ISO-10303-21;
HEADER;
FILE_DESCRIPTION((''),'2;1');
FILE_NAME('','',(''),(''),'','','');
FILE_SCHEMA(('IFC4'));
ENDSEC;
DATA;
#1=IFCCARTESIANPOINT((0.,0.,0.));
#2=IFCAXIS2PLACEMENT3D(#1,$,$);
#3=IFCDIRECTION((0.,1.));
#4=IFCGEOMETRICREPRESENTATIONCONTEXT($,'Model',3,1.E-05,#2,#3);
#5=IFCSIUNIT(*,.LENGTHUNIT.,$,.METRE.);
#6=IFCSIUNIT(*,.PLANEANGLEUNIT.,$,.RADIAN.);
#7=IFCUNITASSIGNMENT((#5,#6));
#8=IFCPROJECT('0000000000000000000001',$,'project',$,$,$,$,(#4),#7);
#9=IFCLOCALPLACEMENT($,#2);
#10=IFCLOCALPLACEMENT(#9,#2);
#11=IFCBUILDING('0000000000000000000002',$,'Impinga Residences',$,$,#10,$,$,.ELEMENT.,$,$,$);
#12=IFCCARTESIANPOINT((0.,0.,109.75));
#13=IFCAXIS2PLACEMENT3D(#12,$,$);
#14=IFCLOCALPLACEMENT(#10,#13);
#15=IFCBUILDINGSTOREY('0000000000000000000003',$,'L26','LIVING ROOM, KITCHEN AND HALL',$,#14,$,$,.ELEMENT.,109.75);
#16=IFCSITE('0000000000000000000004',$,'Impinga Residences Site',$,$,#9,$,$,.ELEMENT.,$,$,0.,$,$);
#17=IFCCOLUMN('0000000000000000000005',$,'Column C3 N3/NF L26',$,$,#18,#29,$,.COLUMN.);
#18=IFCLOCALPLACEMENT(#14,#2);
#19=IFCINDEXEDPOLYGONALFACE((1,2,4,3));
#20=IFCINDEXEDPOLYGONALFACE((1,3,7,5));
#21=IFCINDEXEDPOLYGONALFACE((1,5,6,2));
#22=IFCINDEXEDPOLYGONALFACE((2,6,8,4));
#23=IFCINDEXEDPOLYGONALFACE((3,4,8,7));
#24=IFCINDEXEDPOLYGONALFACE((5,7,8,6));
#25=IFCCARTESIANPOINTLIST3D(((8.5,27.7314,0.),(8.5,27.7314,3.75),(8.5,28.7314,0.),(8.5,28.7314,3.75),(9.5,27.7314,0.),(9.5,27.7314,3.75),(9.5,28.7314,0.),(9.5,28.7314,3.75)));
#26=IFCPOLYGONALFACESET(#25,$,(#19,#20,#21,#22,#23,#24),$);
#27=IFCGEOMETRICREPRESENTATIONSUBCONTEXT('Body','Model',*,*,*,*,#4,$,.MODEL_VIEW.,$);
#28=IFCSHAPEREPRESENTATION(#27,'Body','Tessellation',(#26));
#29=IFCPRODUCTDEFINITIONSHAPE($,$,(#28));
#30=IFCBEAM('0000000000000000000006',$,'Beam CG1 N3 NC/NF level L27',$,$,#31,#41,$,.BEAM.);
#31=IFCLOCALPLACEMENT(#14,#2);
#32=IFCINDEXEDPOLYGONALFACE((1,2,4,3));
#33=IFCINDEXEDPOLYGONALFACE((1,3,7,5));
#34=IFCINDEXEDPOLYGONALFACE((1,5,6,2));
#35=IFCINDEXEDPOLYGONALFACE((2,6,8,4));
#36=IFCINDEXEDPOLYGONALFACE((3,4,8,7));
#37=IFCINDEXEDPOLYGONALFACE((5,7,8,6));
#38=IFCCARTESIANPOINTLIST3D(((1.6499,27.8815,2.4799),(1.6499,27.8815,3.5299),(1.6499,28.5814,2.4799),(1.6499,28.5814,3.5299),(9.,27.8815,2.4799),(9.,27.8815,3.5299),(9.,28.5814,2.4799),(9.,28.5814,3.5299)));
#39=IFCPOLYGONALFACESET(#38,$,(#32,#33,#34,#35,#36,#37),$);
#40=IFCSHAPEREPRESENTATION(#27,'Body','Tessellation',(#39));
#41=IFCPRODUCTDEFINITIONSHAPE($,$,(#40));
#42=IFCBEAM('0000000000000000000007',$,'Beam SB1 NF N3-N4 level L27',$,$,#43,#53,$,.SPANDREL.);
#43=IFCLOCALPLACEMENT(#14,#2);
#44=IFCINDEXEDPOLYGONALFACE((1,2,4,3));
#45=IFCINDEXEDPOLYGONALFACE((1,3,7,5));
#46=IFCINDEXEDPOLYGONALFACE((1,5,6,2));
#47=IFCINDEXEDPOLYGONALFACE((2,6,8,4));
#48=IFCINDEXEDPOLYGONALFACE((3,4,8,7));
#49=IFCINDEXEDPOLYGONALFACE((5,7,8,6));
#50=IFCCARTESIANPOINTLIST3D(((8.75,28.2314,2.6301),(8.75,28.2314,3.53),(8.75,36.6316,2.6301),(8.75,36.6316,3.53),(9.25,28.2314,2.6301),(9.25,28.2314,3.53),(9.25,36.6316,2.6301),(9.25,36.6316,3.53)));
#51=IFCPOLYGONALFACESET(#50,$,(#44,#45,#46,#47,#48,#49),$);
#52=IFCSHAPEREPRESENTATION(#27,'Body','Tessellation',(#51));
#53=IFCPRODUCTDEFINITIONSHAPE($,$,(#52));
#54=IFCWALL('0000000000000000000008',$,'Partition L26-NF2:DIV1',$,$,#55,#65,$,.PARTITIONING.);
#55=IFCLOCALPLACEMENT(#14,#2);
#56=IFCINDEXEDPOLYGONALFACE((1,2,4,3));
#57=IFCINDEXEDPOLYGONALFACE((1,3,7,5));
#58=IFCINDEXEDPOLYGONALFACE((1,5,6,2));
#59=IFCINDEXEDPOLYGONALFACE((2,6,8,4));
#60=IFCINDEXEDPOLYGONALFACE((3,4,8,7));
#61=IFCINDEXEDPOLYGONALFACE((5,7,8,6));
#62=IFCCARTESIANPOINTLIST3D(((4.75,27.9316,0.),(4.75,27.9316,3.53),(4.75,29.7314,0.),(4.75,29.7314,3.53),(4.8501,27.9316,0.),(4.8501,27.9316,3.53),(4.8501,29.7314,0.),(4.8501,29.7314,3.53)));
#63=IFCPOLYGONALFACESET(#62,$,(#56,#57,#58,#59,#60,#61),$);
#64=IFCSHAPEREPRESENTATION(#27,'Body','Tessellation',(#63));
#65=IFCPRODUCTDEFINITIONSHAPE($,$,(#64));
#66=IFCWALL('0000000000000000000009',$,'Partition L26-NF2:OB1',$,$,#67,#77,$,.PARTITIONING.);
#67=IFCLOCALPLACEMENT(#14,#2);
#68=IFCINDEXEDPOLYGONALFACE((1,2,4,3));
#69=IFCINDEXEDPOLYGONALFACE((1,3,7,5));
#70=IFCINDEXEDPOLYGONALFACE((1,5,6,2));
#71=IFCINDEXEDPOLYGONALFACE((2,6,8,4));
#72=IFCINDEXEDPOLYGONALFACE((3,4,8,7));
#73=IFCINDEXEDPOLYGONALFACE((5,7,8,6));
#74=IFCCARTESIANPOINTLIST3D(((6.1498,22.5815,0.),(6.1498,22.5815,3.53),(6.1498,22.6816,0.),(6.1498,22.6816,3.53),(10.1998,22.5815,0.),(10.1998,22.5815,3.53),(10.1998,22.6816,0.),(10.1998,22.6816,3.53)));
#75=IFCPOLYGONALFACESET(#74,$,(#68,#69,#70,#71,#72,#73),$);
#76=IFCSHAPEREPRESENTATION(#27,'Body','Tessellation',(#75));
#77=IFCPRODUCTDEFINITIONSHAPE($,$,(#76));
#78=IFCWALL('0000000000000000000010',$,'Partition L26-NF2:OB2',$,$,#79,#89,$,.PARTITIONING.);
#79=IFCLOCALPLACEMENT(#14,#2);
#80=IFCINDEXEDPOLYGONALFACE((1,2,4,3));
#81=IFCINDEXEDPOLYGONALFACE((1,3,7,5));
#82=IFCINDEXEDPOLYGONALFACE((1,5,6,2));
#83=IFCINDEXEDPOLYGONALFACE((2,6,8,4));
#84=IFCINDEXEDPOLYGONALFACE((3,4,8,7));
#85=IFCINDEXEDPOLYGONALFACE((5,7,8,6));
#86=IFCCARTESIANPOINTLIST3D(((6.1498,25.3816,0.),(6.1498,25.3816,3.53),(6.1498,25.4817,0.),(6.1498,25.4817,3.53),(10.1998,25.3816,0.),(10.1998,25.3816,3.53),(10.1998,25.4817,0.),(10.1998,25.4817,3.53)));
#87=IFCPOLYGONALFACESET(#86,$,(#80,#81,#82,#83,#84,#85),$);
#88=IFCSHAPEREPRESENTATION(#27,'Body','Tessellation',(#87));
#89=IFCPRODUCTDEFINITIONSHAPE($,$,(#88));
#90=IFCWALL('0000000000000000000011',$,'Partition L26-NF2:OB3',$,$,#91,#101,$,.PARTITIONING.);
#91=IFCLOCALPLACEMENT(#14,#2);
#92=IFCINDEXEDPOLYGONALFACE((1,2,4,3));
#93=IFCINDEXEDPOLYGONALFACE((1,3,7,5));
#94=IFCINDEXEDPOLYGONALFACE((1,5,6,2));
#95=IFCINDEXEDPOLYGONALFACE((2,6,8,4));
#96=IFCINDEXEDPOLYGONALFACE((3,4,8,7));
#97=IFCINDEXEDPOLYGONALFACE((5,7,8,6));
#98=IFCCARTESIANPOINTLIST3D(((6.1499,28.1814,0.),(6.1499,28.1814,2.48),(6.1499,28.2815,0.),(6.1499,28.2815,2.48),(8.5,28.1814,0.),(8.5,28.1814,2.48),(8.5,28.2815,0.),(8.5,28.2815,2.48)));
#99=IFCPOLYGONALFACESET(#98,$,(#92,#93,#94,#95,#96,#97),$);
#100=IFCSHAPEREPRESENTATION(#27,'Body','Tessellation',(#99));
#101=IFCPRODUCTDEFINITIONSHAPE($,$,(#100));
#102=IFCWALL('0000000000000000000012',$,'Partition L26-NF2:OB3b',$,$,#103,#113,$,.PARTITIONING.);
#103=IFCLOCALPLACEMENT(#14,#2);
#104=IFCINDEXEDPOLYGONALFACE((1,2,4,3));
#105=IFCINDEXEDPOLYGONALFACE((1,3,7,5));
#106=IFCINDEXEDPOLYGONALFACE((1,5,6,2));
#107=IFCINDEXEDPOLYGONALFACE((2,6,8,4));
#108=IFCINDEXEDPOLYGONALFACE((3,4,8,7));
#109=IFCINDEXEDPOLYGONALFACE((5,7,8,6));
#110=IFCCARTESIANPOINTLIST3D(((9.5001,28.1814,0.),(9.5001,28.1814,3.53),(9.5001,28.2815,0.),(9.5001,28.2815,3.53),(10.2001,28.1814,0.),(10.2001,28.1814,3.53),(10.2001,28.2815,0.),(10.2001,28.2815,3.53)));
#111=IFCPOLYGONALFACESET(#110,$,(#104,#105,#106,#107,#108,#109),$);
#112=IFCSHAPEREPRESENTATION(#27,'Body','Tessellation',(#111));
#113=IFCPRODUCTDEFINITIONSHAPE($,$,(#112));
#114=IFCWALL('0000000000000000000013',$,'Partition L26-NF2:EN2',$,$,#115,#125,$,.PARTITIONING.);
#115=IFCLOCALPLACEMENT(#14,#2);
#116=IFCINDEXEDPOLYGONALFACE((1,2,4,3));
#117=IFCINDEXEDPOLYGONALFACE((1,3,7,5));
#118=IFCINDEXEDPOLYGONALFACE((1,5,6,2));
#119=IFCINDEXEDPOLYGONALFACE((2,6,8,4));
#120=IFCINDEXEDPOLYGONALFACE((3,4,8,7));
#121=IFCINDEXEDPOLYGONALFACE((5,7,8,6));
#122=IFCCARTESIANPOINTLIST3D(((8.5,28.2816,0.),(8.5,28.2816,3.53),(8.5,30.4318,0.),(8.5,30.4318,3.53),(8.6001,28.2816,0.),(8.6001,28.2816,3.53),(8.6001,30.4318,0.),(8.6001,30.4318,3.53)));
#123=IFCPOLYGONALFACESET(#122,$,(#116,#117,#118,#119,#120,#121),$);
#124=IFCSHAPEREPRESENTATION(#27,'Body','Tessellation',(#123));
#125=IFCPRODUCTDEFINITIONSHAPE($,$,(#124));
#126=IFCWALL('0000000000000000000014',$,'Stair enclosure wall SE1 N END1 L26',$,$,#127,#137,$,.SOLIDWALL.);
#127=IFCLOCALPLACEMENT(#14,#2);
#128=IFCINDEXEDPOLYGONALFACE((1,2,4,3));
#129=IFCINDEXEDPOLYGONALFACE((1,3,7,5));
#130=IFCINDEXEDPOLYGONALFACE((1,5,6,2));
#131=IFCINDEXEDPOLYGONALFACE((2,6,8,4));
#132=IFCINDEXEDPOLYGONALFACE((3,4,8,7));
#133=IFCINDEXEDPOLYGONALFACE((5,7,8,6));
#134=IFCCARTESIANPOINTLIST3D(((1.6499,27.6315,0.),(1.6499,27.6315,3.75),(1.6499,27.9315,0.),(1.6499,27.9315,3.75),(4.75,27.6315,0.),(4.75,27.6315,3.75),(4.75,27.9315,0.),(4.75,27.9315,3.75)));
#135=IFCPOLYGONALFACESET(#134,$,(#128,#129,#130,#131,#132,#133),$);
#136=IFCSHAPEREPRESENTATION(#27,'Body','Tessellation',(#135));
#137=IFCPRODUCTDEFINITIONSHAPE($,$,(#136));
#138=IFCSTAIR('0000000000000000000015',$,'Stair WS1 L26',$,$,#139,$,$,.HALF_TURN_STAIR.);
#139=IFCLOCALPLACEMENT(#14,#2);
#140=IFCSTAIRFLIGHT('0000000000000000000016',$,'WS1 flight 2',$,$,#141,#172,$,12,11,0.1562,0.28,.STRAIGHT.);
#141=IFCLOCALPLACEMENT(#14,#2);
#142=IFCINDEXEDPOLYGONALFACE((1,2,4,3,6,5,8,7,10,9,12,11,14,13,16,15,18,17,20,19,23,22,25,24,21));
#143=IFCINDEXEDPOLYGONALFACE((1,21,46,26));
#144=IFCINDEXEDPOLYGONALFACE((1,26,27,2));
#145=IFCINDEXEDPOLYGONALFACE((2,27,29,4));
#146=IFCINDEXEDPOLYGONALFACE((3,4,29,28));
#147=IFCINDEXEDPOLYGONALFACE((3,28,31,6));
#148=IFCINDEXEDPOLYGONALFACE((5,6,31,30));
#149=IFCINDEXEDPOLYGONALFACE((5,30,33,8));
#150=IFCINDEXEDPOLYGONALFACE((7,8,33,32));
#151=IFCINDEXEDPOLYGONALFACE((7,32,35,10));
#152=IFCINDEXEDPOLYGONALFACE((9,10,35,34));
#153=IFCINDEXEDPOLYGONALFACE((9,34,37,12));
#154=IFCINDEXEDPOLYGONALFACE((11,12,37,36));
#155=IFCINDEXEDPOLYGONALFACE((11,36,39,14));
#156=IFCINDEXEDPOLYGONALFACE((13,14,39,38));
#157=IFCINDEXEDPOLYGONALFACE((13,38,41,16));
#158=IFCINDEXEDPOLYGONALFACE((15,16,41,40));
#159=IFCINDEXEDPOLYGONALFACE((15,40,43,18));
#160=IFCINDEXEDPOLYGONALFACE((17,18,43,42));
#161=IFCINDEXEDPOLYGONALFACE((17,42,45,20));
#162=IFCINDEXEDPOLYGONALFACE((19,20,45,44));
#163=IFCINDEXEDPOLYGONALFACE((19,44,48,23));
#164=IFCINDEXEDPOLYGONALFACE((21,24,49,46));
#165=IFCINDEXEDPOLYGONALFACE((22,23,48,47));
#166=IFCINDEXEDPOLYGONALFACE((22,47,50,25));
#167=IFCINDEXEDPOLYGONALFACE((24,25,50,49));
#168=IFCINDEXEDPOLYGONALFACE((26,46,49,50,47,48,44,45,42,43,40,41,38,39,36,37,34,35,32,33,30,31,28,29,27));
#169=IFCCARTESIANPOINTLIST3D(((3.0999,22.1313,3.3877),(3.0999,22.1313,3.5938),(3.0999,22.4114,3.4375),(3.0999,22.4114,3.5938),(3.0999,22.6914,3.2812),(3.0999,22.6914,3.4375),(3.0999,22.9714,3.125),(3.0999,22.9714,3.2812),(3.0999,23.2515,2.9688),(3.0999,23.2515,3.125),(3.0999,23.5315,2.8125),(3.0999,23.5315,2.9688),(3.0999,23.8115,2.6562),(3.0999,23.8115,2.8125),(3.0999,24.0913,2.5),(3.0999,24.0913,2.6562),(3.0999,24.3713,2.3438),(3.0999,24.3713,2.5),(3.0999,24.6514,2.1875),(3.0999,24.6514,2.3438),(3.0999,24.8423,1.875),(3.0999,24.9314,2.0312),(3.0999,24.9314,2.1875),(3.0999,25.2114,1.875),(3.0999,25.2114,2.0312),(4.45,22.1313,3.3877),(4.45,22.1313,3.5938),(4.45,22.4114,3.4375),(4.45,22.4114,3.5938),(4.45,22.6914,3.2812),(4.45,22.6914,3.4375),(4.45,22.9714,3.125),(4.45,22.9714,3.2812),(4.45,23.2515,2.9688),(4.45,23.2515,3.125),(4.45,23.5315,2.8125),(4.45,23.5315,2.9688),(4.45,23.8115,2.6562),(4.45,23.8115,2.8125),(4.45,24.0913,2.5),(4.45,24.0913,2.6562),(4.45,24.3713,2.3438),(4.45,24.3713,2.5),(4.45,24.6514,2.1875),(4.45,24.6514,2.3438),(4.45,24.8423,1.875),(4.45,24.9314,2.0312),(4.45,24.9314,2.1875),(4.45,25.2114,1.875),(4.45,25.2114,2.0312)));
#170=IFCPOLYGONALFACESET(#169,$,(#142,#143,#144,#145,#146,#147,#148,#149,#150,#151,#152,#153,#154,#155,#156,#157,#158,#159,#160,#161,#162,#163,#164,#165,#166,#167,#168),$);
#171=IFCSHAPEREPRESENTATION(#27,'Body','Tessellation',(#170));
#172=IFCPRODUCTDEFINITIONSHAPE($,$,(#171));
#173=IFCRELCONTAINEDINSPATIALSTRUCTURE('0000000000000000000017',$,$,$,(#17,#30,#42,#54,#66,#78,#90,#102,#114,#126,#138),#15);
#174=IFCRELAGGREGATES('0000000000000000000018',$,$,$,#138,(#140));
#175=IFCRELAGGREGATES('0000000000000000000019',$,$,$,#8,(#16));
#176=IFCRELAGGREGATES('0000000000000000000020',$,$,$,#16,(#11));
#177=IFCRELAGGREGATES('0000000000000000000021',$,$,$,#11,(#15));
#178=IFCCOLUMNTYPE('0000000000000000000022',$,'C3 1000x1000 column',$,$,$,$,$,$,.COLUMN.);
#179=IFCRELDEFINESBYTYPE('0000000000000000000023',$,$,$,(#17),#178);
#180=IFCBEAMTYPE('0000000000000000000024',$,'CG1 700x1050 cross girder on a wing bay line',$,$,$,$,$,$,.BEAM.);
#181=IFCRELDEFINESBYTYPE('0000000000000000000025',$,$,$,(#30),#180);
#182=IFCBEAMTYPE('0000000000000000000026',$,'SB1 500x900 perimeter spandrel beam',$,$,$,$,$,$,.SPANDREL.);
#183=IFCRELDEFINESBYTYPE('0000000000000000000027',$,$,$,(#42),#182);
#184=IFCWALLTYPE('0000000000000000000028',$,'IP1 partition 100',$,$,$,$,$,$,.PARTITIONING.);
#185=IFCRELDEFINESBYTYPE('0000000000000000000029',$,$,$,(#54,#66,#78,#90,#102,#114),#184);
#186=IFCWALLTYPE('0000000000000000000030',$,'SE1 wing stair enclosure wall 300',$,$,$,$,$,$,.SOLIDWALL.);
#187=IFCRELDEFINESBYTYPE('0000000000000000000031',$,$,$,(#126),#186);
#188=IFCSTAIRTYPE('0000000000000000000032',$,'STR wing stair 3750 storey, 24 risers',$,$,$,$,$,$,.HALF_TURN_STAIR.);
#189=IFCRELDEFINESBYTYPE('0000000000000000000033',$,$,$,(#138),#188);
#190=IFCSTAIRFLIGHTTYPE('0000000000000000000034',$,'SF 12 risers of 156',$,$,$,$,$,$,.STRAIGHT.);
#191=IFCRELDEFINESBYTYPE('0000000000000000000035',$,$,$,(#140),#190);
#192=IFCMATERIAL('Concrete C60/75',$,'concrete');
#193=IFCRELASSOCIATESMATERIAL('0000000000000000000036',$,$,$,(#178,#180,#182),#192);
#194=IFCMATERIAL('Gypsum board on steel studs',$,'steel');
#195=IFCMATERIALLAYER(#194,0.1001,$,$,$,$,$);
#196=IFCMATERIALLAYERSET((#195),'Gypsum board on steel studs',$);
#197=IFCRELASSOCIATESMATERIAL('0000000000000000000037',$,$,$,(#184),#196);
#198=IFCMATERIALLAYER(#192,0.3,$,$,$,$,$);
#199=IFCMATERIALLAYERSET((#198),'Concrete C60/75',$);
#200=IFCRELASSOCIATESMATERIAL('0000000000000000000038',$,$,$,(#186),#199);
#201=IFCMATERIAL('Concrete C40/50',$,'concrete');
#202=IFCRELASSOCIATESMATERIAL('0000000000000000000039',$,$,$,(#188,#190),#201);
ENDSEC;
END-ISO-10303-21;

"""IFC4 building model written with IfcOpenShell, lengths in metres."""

from ifc_helpers import new_model, si_unit, direction, frame, frame_2d, origin, origin_2d, place, context, subcontext, project, spatial, polyline, rectangle, outline, extrude, material, layer, layer_set, material_profile, profile_set, type_object, element, aggregate, save


model = new_model("IFC4")

# Units and contexts
model_context = context("Model", 3, precision=1e-05, world=origin(), true_north=direction((0.0, 1.0)))
body_context = subcontext(model_context, "Body", "Model", "MODEL_VIEW")
ifc_project = project(units=[si_unit("LENGTHUNIT", "METRE"), si_unit("PLANEANGLEUNIT", "RADIAN")], contexts=[model_context])

# Site, building, storey
site_placement = place(None, origin())
site = spatial("IfcSite", under=ifc_project, at=site_placement, Name="Impinga Residences Site", CompositionType="ELEMENT", RefElevation=0.0)
building_placement = place(site_placement, origin())
building = spatial("IfcBuilding", under=site, at=building_placement, Name="Impinga Residences", CompositionType="ELEMENT")
storey_placement = place(building_placement, frame((0.0, 0.0, 109.75)))
storey = spatial("IfcBuildingStorey", under=building, at=storey_placement, Name="L26", Description="LIVING ROOM, KITCHEN AND HALL", CompositionType="ELEMENT", Elevation=109.75)

# Column
ifc_material_1 = material(Name="Concrete C60/75", Category="concrete")
ifc_material_profile_1 = material_profile(ifc_material_1, rectangle(XDim=1.0, YDim=1.0, at=origin_2d()), Name="RC 1000x1000")
ifc_profile_set_1 = profile_set([ifc_material_profile_1], Name="Concrete C60/75")
column_type = type_object("IfcColumnType", Name="C3 1000x1000 column", PredefinedType="COLUMN", material=ifc_profile_set_1)
column_placement = place(storey_placement, frame((9.0, 28.2314, 0.0), z_axis=(0.0, 0.0, 1.0), x_axis=(1.0, 0.0, 0.0)))
element("IfcColumn", 1, at=column_placement, inside=storey, type_object=column_type, Name="Column C3 N3/NF L26", PredefinedType="COLUMN", context=body_context, shape_type="SweptSolid", body=[
    extrude(rectangle(XDim=1.0, YDim=1.0, at=origin_2d()), origin(), (0.0, 0.0, 1.0), 3.75),
])

# Beams
ifc_material_profile_2 = material_profile(ifc_material_1, rectangle(XDim=0.7, YDim=1.05, at=origin_2d()), Name="RC 700x1050")
ifc_profile_set_2 = profile_set([ifc_material_profile_2], Name="Concrete C60/75")
beam_type_1 = type_object("IfcBeamType", Name="CG1 700x1050 cross girder on a wing bay line", PredefinedType="BEAM", material=ifc_profile_set_2)
beam_1_placement = place(storey_placement, frame((1.6499, 28.2314, 3.0049), z_axis=(1.0, 0.0, 0.0), x_axis=(0.0, 1.0, 0.0)))
element("IfcBeam", 2, at=beam_1_placement, inside=storey, type_object=beam_type_1, Name="Beam CG1 N3 NC/NF level L27", PredefinedType="BEAM", context=body_context, shape_type="SweptSolid", body=[
    extrude(rectangle(XDim=0.7, YDim=1.05, at=origin_2d()), origin(), (0.0, 0.0, 1.0), 7.3501),
])
ifc_material_profile_3 = material_profile(ifc_material_1, rectangle(XDim=0.5, YDim=0.8999, at=origin_2d()), Name="RC 500x900")
ifc_profile_set_3 = profile_set([ifc_material_profile_3], Name="Concrete C60/75")
beam_type_2 = type_object("IfcBeamType", Name="SB1 500x900 perimeter spandrel beam", PredefinedType="SPANDREL", material=ifc_profile_set_3)
beam_2_placement = place(storey_placement, frame((9.0, 28.2314, 3.0801), z_axis=(0.0, 1.0, 0.0), x_axis=(-1.0, 0.0, 0.0)))
element("IfcBeam", 3, at=beam_2_placement, inside=storey, type_object=beam_type_2, Name="Beam SB1 NF N3-N4 level L27", PredefinedType="SPANDREL", context=body_context, shape_type="SweptSolid", body=[
    extrude(rectangle(XDim=0.5, YDim=0.8999, at=origin_2d()), origin(), (0.0, 0.0, 1.0), 8.4001),
])

# Walls
ifc_material_2 = material(Name="Gypsum board on steel studs", Category="steel")
ifc_layer_1 = layer(ifc_material_2, 0.1001)
ifc_layer_set_1 = layer_set([ifc_layer_1], Name="Gypsum board on steel studs")
wall_type_1 = type_object("IfcWallType", Name="IP1 partition 100", PredefinedType="PARTITIONING", material=ifc_layer_set_1)
wall_1_placement = place(storey_placement, frame((4.8, 27.9316, 0.0), z_axis=(0.0, 0.0, 1.0), x_axis=(0.0, 1.0, 0.0)))
element("IfcWall", 4, at=wall_1_placement, inside=storey, type_object=wall_type_1, Name="Partition L26-NF2:DIV1", PredefinedType="PARTITIONING", context=body_context, shape_type="SweptSolid", body=[
    extrude(rectangle(XDim=1.7998, YDim=0.1001, at=frame_2d((0.8999, 0.0))), origin(), (0.0, 0.0, 1.0), 3.53),
])
for number, where, z_axis, x_axis, name in (
    (5, (6.1499, 22.6316, 0.0), (0.0, 0.0, 1.0), (1.0, 0.0, 0.0), "Partition L26-NF2:OB1"),
    (6, (6.1499, 25.4316, 0.0), (0.0, 0.0, 1.0), (1.0, 0.0, 0.0), "Partition L26-NF2:OB2"),
):
    element("IfcWall", number, at=place(storey_placement, frame(where, z_axis=z_axis, x_axis=x_axis)), inside=storey, type_object=wall_type_1, Name=name, PredefinedType="PARTITIONING", context=body_context, shape_type="SweptSolid", body=[
        extrude(rectangle(XDim=4.05, YDim=0.1001, at=frame_2d((2.0249, 0.0))), origin(), (0.0, 0.0, 1.0), 3.53),
    ])
wall_2_placement = place(storey_placement, frame((6.1499, 28.2314, 0.0), z_axis=(0.0, 0.0, 1.0), x_axis=(1.0, 0.0, 0.0)))
element("IfcWall", 7, at=wall_2_placement, inside=storey, type_object=wall_type_1, Name="Partition L26-NF2:OB3", PredefinedType="PARTITIONING", context=body_context, shape_type="SweptSolid", body=[
    extrude(rectangle(XDim=2.3501, YDim=0.1001, at=frame_2d((1.175, 0.0))), origin(), (0.0, 0.0, 1.0), 2.48),
])
wall_3_placement = place(storey_placement, frame((9.5, 28.2314, 0.0), z_axis=(0.0, 0.0, 1.0), x_axis=(1.0, 0.0, 0.0)))
element("IfcWall", 8, at=wall_3_placement, inside=storey, type_object=wall_type_1, Name="Partition L26-NF2:OB3b", PredefinedType="PARTITIONING", context=body_context, shape_type="SweptSolid", body=[
    extrude(rectangle(XDim=0.7, YDim=0.1001, at=frame_2d((0.3501, 0.0))), origin(), (0.0, 0.0, 1.0), 3.53),
])
wall_4_placement = place(storey_placement, frame((8.55, 28.2815, 0.0), z_axis=(0.0, 0.0, 1.0), x_axis=(0.0, 1.0, 0.0)))
element("IfcWall", 9, at=wall_4_placement, inside=storey, type_object=wall_type_1, Name="Partition L26-NF2:EN2", PredefinedType="PARTITIONING", context=body_context, shape_type="SweptSolid", body=[
    extrude(rectangle(XDim=2.1501, YDim=0.1001, at=frame_2d((1.0752, 0.0))), origin(), (0.0, 0.0, 1.0), 3.53),
])
ifc_layer_2 = layer(ifc_material_1, 0.3)
ifc_layer_set_2 = layer_set([ifc_layer_2], Name="Concrete C60/75")
wall_type_2 = type_object("IfcWallType", Name="SE1 wing stair enclosure wall 300", PredefinedType="SOLIDWALL", material=ifc_layer_set_2)
wall_5_placement = place(storey_placement, frame((1.6499, 27.7815, 0.0), z_axis=(0.0, 0.0, 1.0), x_axis=(1.0, 0.0, 0.0)))
element("IfcWall", 10, at=wall_5_placement, inside=storey, type_object=wall_type_2, Name="Stair enclosure wall SE1 N END1 L26", PredefinedType="SOLIDWALL", context=body_context, shape_type="SweptSolid", body=[
    extrude(rectangle(XDim=3.1001, YDim=0.3, at=frame_2d((1.55, 0.0))), origin(), (0.0, 0.0, 1.0), 3.75),
])

# Stair, stair flight
ifc_material_3 = material(Name="Concrete C40/50", Category="concrete")
stair_type = type_object("IfcStairType", Name="STR wing stair 3750 storey, 24 risers", PredefinedType="HALF_TURN_STAIR", material=ifc_material_3)
stair_placement = place(storey_placement, origin())
stair = element("IfcStair", 11, at=stair_placement, inside=storey, type_object=stair_type, Name="Stair WS1 L26", PredefinedType="HALF_TURN_STAIR")
stair_flight_type = type_object("IfcStairFlightType", Name="SF 12 risers of 156", PredefinedType="STRAIGHT", material=ifc_material_3)
stair_flight_placement = place(storey_placement, frame((3.7749, 25.2114, 1.875), z_axis=(0.0, 0.0, 1.0), x_axis=(0.0, -1.0, 0.0)))
stair_flight = element("IfcStairFlight", 12, at=stair_flight_placement, type_object=stair_flight_type, Name="WS1 flight 2", NumberOfRisers=12, NumberOfTreads=11, PredefinedType="STRAIGHT", RiserHeight=0.1562, TreadLength=0.28, context=body_context, shape_type="SweptSolid", body=[
    extrude(outline(polyline([(0.0, 0.0), (0.0, 0.1562), (0.28, 0.1562), (0.28, 0.3125), (0.5601, 0.3125), (0.5601, 0.4688), (0.8401, 0.4688), (0.8401, 0.625), (1.1201, 0.625), (1.1201, 0.7812), (1.3999, 0.7812), (1.3999, 0.9375), (1.6799, 0.9375), (1.6799, 1.0938), (1.96, 1.0938), (1.96, 1.25), (2.24, 1.25), (2.24, 1.4062), (2.52, 1.4062), (2.52, 1.5625), (2.8, 1.5625), (2.8, 1.7188), (3.0801, 1.7188), (3.0801, 1.875), (3.0801, 1.5127), (0.3691, 0.0), (0.0, 0.0)])), frame((0.0, 0.675, 0.0), z_axis=(0.0, -1.0, 0.0), x_axis=(1.0, 0.0, 0.0)), (0.0, 0.0, 1.0), 1.3501),
])
aggregate(stair, [stair_flight])

save(model, "model.ifc")
